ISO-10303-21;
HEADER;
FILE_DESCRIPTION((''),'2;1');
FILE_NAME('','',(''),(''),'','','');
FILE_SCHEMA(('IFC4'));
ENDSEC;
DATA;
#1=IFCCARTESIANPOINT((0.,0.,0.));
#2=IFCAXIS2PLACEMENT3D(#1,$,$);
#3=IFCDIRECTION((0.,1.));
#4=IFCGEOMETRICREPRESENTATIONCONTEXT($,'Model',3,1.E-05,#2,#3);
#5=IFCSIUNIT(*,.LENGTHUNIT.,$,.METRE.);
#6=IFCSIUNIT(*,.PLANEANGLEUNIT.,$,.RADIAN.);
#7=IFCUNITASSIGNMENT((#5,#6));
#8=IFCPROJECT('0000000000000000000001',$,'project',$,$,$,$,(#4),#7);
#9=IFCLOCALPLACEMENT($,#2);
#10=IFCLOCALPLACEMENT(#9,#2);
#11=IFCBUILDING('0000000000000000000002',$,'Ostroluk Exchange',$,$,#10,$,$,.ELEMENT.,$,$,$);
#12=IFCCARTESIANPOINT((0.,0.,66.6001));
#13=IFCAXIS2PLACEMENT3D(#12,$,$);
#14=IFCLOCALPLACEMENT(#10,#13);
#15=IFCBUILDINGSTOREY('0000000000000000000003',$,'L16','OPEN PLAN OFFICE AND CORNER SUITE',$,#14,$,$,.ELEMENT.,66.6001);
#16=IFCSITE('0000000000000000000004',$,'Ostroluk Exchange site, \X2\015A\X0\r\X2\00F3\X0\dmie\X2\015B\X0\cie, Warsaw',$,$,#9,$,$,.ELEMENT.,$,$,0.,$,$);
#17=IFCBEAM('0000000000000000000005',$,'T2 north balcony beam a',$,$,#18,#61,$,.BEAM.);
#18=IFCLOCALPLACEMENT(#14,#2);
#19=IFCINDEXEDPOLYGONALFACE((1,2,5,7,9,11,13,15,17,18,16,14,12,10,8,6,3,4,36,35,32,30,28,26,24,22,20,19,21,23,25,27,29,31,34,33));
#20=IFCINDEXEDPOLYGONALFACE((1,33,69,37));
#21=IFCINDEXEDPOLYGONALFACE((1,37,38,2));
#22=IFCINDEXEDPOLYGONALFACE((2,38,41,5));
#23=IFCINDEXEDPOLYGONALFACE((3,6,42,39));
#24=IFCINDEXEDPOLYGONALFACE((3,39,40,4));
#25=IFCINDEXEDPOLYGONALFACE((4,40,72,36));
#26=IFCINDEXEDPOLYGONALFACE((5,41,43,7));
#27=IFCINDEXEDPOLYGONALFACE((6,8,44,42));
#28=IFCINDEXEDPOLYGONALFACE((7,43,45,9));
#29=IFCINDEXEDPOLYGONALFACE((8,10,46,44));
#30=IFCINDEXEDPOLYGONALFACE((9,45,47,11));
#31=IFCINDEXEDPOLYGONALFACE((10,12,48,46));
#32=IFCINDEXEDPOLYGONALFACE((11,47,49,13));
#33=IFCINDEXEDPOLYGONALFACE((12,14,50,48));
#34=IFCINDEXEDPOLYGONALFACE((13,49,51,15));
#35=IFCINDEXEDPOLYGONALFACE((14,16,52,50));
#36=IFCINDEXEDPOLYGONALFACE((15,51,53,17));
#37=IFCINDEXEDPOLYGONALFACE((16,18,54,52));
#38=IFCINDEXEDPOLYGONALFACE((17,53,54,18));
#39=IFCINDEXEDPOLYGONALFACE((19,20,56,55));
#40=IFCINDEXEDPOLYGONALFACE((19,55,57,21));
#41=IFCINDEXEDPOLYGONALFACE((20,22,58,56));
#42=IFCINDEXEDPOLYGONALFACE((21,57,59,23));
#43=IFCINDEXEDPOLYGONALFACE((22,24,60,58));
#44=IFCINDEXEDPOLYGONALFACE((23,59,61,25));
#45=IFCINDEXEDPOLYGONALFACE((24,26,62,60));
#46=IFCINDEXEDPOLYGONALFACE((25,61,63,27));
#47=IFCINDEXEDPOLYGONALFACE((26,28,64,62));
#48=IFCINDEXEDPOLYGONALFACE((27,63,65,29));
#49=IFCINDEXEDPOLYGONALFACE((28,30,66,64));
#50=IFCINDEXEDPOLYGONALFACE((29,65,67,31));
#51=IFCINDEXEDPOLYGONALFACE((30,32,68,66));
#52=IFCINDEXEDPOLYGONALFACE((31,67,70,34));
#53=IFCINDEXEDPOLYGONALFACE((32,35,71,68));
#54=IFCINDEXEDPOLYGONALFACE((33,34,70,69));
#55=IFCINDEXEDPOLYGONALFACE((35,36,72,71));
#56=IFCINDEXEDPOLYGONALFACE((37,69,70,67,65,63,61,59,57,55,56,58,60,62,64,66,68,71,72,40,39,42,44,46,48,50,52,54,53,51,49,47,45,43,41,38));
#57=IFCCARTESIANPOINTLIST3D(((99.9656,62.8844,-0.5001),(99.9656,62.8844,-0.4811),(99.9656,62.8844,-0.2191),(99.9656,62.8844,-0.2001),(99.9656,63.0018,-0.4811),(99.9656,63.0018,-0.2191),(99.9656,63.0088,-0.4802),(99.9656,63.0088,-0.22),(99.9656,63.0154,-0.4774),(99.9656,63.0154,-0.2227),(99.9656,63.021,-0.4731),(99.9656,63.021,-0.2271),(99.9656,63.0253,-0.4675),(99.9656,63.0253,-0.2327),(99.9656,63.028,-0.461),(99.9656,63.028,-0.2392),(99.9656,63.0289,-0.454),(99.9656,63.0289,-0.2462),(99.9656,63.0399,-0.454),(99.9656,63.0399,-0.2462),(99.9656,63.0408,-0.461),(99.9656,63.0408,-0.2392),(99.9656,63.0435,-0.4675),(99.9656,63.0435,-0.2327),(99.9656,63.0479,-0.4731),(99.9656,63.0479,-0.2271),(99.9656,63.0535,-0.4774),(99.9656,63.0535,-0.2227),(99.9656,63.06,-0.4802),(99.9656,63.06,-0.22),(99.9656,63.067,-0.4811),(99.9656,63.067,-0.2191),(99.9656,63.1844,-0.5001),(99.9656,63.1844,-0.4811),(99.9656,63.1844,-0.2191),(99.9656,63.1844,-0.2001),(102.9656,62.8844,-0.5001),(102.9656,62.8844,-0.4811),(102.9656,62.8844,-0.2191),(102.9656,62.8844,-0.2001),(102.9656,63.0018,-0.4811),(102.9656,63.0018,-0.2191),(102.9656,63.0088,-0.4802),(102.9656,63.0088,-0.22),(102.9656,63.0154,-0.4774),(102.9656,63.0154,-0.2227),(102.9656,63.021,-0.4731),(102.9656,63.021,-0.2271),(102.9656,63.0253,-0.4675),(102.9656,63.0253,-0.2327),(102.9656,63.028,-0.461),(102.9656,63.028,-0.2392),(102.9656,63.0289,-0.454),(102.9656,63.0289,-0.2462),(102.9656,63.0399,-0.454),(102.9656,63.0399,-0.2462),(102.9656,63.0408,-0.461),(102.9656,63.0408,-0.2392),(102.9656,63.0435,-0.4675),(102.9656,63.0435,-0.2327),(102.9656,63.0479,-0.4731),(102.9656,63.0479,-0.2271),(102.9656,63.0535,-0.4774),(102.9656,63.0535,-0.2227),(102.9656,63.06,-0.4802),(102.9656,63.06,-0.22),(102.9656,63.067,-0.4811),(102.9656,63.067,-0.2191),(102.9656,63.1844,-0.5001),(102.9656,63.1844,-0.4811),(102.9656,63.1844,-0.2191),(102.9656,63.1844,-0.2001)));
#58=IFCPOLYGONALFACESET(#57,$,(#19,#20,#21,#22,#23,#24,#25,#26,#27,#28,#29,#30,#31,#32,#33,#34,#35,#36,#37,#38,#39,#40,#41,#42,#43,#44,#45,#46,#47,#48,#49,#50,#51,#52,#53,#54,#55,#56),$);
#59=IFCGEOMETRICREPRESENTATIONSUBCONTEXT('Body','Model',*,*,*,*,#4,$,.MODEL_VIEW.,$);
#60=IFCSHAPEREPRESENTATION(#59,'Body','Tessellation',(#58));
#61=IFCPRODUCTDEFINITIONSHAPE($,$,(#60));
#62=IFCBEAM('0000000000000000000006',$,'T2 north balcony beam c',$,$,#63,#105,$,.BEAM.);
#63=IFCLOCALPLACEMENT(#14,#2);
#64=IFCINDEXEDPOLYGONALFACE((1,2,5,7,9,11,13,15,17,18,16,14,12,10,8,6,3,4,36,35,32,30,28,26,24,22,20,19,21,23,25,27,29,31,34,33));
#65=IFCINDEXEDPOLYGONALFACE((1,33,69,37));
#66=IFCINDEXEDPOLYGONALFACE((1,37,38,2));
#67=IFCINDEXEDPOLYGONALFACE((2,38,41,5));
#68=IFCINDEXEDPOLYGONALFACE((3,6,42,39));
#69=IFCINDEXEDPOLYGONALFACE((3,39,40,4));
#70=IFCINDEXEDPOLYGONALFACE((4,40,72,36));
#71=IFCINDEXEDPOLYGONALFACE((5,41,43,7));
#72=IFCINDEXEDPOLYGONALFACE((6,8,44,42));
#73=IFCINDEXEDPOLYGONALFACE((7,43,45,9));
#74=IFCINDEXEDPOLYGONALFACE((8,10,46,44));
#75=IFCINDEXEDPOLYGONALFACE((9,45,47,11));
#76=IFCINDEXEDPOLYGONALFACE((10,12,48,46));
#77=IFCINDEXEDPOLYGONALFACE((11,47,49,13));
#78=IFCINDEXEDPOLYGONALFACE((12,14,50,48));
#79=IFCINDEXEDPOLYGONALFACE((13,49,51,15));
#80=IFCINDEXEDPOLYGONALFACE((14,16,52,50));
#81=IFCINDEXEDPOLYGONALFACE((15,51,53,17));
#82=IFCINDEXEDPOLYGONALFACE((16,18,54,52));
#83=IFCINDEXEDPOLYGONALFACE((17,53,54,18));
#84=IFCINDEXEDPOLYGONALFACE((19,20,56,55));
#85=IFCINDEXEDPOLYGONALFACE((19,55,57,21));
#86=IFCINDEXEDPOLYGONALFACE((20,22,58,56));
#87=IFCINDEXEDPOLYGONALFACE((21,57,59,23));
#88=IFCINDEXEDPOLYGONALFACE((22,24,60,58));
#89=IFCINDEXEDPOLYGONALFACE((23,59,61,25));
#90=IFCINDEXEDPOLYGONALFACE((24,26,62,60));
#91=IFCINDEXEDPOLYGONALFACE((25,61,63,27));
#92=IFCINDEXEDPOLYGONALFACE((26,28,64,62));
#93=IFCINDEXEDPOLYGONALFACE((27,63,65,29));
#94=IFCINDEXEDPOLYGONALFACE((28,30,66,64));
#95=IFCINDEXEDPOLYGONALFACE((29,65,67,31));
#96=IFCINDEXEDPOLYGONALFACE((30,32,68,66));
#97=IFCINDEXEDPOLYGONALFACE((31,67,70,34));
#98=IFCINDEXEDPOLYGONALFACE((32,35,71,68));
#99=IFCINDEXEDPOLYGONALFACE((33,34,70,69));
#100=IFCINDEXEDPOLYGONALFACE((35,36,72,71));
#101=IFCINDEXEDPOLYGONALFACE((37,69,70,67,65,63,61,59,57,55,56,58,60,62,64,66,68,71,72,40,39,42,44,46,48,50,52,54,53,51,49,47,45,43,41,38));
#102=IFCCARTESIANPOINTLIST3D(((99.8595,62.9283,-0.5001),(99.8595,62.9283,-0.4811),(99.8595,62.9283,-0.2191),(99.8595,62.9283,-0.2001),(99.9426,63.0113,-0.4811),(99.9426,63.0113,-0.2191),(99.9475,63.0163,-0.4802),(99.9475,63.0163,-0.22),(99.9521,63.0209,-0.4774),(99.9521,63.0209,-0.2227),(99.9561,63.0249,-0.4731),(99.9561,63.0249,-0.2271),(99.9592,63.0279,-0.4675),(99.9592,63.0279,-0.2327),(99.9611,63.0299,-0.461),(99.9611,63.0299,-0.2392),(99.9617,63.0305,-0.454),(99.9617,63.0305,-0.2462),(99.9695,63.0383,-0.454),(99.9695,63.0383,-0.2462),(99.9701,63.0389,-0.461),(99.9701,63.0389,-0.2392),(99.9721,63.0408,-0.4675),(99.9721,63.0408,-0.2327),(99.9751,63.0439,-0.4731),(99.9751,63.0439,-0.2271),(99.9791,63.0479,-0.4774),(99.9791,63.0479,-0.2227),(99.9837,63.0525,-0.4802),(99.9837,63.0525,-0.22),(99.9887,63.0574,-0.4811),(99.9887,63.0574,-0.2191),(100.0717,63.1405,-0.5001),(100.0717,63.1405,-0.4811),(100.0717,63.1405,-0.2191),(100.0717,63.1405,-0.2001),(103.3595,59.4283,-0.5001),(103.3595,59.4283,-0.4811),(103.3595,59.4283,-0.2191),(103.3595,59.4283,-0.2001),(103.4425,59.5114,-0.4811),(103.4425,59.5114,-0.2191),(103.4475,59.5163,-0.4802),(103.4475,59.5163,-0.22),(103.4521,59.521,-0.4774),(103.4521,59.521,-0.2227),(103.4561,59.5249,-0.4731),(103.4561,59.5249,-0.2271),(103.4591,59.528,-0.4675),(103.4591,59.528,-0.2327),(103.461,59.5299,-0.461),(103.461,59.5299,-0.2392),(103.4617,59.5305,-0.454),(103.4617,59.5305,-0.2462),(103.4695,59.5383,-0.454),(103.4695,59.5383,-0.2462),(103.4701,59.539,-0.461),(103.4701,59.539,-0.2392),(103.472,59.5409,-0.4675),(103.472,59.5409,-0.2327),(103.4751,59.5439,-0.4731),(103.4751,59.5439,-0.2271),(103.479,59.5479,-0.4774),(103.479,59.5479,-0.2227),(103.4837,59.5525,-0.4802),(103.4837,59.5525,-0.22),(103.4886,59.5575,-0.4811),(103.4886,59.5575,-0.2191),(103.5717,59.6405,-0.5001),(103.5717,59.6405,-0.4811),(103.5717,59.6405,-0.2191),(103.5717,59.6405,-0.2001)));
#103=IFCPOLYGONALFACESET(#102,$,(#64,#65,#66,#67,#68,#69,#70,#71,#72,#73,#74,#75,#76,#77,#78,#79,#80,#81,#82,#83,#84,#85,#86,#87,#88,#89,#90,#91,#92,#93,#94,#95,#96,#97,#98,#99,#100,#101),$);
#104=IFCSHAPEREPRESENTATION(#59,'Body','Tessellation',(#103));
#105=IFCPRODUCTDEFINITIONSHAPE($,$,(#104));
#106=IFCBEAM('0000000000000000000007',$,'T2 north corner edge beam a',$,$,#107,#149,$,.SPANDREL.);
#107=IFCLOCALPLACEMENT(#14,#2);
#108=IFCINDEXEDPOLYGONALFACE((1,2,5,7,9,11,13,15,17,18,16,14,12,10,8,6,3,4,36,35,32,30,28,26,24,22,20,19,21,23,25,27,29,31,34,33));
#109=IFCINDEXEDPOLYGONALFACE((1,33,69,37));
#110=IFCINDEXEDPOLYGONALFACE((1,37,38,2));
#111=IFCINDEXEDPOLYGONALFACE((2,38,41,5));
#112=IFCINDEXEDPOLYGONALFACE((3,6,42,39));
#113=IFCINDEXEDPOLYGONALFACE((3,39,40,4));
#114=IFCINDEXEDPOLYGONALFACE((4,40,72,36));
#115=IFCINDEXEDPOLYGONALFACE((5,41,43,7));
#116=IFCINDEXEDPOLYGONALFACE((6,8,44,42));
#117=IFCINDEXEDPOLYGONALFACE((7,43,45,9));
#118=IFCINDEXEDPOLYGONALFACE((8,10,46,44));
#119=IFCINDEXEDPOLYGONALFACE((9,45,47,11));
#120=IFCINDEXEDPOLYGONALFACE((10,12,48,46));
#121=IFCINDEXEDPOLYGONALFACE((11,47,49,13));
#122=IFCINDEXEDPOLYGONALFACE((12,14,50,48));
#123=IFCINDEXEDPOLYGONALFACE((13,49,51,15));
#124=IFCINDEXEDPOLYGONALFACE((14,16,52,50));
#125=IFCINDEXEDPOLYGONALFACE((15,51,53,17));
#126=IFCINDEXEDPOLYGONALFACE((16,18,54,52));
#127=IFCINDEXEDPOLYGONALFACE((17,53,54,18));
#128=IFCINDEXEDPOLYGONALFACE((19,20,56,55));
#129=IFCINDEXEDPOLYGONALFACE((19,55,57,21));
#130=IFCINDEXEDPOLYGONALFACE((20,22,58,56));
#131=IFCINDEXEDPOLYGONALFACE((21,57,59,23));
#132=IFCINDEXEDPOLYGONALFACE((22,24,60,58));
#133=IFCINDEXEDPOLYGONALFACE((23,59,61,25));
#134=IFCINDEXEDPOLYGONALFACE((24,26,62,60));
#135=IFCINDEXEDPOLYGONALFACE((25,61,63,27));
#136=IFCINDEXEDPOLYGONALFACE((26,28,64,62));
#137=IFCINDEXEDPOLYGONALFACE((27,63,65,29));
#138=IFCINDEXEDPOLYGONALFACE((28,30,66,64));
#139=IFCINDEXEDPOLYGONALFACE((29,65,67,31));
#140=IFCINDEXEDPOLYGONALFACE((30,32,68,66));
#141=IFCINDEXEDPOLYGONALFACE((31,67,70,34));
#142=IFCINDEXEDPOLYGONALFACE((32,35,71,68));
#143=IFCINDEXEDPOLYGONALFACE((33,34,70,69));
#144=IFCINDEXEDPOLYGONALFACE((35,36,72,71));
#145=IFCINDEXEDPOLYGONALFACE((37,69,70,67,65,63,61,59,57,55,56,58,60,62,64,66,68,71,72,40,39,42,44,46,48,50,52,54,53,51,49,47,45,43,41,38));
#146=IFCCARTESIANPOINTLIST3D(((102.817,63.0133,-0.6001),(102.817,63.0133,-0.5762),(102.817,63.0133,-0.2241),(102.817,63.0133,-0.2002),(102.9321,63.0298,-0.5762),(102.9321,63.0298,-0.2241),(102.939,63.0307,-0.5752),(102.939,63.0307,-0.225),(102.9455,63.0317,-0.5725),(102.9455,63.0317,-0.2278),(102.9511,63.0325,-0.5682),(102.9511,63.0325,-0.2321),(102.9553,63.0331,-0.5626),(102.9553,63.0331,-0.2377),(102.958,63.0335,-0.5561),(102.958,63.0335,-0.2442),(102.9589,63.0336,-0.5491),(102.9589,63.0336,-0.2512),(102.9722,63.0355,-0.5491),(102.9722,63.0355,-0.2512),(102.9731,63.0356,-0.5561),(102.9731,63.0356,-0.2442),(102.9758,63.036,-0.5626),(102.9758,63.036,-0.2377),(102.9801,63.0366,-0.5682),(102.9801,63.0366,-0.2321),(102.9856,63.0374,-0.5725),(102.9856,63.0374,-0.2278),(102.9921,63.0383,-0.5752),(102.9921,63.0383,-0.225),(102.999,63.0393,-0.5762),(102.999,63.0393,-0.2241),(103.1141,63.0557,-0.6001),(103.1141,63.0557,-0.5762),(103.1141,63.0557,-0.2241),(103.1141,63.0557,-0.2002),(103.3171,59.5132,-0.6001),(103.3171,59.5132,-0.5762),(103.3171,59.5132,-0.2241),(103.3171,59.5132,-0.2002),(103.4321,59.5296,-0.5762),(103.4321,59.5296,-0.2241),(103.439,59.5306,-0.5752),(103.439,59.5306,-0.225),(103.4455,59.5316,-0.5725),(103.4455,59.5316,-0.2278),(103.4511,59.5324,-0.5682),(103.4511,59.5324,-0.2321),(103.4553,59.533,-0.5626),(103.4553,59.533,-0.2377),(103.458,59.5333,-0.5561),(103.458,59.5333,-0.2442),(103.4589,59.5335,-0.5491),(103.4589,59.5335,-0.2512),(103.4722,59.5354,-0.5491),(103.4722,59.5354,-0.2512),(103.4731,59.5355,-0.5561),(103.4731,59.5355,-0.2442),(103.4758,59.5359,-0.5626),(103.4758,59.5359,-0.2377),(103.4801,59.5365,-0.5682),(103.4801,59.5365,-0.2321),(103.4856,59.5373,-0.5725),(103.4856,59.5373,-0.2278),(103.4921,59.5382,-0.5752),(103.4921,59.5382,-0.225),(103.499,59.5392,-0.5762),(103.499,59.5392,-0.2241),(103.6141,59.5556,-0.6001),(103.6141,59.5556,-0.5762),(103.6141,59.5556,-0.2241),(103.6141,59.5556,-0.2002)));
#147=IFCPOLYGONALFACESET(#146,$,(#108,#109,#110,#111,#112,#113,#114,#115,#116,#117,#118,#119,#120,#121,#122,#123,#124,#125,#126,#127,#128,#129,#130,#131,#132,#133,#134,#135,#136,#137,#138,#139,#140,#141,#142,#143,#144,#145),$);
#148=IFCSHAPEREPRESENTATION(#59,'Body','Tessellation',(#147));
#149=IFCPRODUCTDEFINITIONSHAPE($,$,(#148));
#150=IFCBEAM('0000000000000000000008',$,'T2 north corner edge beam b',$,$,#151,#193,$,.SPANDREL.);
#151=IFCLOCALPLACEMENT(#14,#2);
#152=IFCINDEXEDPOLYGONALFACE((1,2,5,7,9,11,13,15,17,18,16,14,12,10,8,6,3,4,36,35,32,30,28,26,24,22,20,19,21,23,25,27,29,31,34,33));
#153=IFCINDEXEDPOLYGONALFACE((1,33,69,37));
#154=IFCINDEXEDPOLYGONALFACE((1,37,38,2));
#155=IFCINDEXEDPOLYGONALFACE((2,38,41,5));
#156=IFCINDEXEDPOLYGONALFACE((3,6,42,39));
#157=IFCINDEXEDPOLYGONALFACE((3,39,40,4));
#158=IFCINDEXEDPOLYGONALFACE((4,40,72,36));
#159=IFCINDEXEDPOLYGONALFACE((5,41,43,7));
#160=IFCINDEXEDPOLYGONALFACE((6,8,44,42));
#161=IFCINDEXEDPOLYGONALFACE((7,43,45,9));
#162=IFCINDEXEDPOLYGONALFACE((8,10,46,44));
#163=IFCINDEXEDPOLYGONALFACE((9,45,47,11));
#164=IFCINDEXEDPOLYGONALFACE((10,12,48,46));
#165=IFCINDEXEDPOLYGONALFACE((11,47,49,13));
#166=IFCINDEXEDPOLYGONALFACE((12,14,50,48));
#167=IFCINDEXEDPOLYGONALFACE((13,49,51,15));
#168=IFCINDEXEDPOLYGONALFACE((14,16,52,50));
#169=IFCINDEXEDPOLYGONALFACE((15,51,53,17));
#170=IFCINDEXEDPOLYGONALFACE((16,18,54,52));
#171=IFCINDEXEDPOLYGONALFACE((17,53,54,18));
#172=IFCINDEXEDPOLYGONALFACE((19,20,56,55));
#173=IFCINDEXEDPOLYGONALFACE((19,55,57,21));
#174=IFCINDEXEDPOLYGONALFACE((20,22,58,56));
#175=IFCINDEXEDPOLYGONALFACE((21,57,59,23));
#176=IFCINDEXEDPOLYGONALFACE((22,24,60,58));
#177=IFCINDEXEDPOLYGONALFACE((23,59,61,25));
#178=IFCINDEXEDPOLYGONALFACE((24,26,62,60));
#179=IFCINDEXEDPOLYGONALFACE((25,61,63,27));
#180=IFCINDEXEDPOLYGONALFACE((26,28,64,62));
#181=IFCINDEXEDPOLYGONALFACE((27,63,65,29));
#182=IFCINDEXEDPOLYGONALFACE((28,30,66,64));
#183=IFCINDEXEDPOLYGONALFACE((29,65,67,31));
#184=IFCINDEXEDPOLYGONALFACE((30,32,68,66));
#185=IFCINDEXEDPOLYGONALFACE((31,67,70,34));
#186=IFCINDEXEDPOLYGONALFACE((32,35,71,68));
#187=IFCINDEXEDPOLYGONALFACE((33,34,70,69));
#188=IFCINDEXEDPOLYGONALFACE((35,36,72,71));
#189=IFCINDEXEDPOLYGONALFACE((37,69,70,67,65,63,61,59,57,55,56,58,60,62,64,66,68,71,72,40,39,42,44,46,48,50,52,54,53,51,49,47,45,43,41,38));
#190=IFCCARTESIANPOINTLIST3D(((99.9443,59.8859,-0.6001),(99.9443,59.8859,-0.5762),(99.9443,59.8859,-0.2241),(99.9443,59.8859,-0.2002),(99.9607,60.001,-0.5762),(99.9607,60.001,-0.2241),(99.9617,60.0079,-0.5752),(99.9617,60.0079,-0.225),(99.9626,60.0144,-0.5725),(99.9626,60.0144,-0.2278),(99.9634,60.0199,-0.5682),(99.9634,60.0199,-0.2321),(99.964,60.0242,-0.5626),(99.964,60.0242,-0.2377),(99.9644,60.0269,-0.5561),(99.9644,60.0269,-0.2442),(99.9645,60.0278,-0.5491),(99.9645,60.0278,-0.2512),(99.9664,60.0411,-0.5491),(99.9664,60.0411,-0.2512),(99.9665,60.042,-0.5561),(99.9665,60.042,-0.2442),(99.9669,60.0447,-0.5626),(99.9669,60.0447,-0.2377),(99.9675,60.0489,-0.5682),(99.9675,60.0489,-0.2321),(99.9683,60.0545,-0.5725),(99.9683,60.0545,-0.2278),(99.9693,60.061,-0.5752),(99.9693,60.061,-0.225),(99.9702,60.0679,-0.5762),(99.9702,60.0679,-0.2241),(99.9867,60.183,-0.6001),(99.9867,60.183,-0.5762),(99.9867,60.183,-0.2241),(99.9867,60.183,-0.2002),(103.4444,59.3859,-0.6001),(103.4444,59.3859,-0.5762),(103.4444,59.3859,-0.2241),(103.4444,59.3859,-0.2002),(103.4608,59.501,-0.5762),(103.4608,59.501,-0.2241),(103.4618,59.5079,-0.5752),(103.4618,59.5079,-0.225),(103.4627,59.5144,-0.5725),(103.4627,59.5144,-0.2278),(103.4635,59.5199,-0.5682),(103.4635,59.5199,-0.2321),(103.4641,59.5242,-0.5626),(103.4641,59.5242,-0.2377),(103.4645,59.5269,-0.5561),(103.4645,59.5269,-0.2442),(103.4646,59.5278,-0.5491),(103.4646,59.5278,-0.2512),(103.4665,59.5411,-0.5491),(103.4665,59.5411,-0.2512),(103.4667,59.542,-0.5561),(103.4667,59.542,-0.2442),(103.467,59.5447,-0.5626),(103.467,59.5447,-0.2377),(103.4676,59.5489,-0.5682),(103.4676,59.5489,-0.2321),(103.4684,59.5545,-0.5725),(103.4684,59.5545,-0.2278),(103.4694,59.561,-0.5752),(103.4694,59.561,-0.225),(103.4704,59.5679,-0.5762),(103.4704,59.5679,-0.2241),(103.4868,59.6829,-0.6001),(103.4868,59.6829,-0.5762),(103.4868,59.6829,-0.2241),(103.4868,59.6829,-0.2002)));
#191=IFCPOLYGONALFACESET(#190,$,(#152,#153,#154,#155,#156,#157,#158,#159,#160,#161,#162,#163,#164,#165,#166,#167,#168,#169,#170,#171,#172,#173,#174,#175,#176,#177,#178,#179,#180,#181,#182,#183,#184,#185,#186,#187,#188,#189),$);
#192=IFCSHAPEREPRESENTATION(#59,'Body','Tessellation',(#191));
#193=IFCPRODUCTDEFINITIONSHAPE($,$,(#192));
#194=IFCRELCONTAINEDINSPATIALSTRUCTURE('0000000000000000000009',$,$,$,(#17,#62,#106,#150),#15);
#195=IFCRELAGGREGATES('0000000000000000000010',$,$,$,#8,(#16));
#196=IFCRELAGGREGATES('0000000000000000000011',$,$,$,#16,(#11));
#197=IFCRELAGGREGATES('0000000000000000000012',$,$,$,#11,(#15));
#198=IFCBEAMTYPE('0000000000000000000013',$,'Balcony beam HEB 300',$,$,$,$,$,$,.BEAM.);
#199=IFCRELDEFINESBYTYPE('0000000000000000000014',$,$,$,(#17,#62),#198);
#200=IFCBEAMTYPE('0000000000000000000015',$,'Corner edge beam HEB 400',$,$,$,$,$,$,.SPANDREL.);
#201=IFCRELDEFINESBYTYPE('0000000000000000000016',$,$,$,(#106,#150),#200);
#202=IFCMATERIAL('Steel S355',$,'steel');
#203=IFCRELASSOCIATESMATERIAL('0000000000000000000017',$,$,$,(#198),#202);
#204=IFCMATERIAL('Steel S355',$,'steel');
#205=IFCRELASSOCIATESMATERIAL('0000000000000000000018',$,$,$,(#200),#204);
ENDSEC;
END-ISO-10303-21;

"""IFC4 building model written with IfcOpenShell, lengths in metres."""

from ifc_helpers import new_model, si_unit, direction, frame, origin, origin_2d, place, context, subcontext, project, spatial, i_section, extrude, material, material_profile, profile_set, type_object, element, save


model = new_model("IFC4")

# Units and contexts
model_context = context("Model", 3, precision=1e-05, world=origin(), true_north=direction((0.0, 1.0)))
body_context = subcontext(model_context, "Body", "Model", "MODEL_VIEW")
ifc_project = project(units=[si_unit("LENGTHUNIT", "METRE"), si_unit("PLANEANGLEUNIT", "RADIAN")], contexts=[model_context])

# Site, building, storey
site_placement = place(None, origin())
site = spatial("IfcSite", under=ifc_project, at=site_placement, Name="Ostroluk Exchange site, Śródmieście, Warsaw", CompositionType="ELEMENT", RefElevation=0.0)
building_placement = place(site_placement, origin())
building = spatial("IfcBuilding", under=site, at=building_placement, Name="Ostroluk Exchange", CompositionType="ELEMENT")
storey_placement = place(building_placement, frame((0.0, 0.0, 66.6001)))
storey = spatial("IfcBuildingStorey", under=building, at=storey_placement, Name="L16", Description="OPEN PLAN OFFICE AND CORNER SUITE", CompositionType="ELEMENT", Elevation=66.6001)

# Beams
ifc_material_1 = material(Name="Steel S355", Category="steel")
ifc_material_profile_1 = material_profile(ifc_material_1, i_section(OverallWidth=0.3, OverallDepth=0.3, WebThickness=0.011, FlangeThickness=0.019, FilletRadius=0.0271, at=origin_2d()), Name="HEB 300")
ifc_profile_set_1 = profile_set([ifc_material_profile_1], Name="Steel S355")
beam_type_1 = type_object("IfcBeamType", Name="Balcony beam HEB 300", PredefinedType="BEAM", material=ifc_profile_set_1)
beam_1_placement = place(storey_placement, frame((102.9656, 63.0344, -0.3501), z_axis=(-1.0, 0.0, 0.0), x_axis=(0.0, -1.0, 0.0)))
element("IfcBeam", 1, at=beam_1_placement, inside=storey, type_object=beam_type_1, Name="T2 north balcony beam a", PredefinedType="BEAM", context=body_context, shape_type="SweptSolid", body=[
    extrude(i_section(OverallWidth=0.3, OverallDepth=0.3, WebThickness=0.011, FlangeThickness=0.019, FilletRadius=0.0271, at=origin_2d()), origin(), (0.0, 0.0, 1.0), 3.0),
])
beam_2_placement = place(storey_placement, frame((103.4656, 59.5344, -0.3501), z_axis=(-0.707107, 0.707107, 0.0), x_axis=(-0.707107, -0.707107, 0.0)))
element("IfcBeam", 2, at=beam_2_placement, inside=storey, type_object=beam_type_1, Name="T2 north balcony beam c", PredefinedType="BEAM", context=body_context, shape_type="SweptSolid", body=[
    extrude(i_section(OverallWidth=0.3, OverallDepth=0.3, WebThickness=0.011, FlangeThickness=0.019, FilletRadius=0.0271, at=origin_2d()), origin(), (0.0, 0.0, 1.0), 4.9497),
])
ifc_material_2 = material(Name="Steel S355", Category="steel")
ifc_material_profile_2 = material_profile(ifc_material_2, i_section(OverallWidth=0.3, OverallDepth=0.3999, WebThickness=0.0134, FlangeThickness=0.0239, FilletRadius=0.0271, at=origin_2d()), Name="HEB 400")
ifc_profile_set_2 = profile_set([ifc_material_profile_2], Name="Steel S355")
beam_type_2 = type_object("IfcBeamType", Name="Corner edge beam HEB 400", PredefinedType="SPANDREL", material=ifc_profile_set_2)
for number, where, z_axis, x_axis, name in (
    (3, (103.4656, 59.5344, -0.4001), (-0.141421, 0.989949, 0.0), (-0.989949, -0.141421, 0.0), "T2 north corner edge beam a"),
    (4, (103.4656, 59.5344, -0.4001), (-0.989949, 0.141421, 0.0), (-0.141421, -0.989949, 0.0), "T2 north corner edge beam b"),
):
    element("IfcBeam", number, at=place(storey_placement, frame(where, z_axis=z_axis, x_axis=x_axis)), inside=storey, type_object=beam_type_2, Name=name, PredefinedType="SPANDREL", context=body_context, shape_type="SweptSolid", body=[
        extrude(i_section(OverallWidth=0.3, OverallDepth=0.3999, WebThickness=0.0134, FlangeThickness=0.0239, FilletRadius=0.0271, at=origin_2d()), origin(), (0.0, 0.0, 1.0), 3.5356),
    ])

save(model, "model.ifc")
